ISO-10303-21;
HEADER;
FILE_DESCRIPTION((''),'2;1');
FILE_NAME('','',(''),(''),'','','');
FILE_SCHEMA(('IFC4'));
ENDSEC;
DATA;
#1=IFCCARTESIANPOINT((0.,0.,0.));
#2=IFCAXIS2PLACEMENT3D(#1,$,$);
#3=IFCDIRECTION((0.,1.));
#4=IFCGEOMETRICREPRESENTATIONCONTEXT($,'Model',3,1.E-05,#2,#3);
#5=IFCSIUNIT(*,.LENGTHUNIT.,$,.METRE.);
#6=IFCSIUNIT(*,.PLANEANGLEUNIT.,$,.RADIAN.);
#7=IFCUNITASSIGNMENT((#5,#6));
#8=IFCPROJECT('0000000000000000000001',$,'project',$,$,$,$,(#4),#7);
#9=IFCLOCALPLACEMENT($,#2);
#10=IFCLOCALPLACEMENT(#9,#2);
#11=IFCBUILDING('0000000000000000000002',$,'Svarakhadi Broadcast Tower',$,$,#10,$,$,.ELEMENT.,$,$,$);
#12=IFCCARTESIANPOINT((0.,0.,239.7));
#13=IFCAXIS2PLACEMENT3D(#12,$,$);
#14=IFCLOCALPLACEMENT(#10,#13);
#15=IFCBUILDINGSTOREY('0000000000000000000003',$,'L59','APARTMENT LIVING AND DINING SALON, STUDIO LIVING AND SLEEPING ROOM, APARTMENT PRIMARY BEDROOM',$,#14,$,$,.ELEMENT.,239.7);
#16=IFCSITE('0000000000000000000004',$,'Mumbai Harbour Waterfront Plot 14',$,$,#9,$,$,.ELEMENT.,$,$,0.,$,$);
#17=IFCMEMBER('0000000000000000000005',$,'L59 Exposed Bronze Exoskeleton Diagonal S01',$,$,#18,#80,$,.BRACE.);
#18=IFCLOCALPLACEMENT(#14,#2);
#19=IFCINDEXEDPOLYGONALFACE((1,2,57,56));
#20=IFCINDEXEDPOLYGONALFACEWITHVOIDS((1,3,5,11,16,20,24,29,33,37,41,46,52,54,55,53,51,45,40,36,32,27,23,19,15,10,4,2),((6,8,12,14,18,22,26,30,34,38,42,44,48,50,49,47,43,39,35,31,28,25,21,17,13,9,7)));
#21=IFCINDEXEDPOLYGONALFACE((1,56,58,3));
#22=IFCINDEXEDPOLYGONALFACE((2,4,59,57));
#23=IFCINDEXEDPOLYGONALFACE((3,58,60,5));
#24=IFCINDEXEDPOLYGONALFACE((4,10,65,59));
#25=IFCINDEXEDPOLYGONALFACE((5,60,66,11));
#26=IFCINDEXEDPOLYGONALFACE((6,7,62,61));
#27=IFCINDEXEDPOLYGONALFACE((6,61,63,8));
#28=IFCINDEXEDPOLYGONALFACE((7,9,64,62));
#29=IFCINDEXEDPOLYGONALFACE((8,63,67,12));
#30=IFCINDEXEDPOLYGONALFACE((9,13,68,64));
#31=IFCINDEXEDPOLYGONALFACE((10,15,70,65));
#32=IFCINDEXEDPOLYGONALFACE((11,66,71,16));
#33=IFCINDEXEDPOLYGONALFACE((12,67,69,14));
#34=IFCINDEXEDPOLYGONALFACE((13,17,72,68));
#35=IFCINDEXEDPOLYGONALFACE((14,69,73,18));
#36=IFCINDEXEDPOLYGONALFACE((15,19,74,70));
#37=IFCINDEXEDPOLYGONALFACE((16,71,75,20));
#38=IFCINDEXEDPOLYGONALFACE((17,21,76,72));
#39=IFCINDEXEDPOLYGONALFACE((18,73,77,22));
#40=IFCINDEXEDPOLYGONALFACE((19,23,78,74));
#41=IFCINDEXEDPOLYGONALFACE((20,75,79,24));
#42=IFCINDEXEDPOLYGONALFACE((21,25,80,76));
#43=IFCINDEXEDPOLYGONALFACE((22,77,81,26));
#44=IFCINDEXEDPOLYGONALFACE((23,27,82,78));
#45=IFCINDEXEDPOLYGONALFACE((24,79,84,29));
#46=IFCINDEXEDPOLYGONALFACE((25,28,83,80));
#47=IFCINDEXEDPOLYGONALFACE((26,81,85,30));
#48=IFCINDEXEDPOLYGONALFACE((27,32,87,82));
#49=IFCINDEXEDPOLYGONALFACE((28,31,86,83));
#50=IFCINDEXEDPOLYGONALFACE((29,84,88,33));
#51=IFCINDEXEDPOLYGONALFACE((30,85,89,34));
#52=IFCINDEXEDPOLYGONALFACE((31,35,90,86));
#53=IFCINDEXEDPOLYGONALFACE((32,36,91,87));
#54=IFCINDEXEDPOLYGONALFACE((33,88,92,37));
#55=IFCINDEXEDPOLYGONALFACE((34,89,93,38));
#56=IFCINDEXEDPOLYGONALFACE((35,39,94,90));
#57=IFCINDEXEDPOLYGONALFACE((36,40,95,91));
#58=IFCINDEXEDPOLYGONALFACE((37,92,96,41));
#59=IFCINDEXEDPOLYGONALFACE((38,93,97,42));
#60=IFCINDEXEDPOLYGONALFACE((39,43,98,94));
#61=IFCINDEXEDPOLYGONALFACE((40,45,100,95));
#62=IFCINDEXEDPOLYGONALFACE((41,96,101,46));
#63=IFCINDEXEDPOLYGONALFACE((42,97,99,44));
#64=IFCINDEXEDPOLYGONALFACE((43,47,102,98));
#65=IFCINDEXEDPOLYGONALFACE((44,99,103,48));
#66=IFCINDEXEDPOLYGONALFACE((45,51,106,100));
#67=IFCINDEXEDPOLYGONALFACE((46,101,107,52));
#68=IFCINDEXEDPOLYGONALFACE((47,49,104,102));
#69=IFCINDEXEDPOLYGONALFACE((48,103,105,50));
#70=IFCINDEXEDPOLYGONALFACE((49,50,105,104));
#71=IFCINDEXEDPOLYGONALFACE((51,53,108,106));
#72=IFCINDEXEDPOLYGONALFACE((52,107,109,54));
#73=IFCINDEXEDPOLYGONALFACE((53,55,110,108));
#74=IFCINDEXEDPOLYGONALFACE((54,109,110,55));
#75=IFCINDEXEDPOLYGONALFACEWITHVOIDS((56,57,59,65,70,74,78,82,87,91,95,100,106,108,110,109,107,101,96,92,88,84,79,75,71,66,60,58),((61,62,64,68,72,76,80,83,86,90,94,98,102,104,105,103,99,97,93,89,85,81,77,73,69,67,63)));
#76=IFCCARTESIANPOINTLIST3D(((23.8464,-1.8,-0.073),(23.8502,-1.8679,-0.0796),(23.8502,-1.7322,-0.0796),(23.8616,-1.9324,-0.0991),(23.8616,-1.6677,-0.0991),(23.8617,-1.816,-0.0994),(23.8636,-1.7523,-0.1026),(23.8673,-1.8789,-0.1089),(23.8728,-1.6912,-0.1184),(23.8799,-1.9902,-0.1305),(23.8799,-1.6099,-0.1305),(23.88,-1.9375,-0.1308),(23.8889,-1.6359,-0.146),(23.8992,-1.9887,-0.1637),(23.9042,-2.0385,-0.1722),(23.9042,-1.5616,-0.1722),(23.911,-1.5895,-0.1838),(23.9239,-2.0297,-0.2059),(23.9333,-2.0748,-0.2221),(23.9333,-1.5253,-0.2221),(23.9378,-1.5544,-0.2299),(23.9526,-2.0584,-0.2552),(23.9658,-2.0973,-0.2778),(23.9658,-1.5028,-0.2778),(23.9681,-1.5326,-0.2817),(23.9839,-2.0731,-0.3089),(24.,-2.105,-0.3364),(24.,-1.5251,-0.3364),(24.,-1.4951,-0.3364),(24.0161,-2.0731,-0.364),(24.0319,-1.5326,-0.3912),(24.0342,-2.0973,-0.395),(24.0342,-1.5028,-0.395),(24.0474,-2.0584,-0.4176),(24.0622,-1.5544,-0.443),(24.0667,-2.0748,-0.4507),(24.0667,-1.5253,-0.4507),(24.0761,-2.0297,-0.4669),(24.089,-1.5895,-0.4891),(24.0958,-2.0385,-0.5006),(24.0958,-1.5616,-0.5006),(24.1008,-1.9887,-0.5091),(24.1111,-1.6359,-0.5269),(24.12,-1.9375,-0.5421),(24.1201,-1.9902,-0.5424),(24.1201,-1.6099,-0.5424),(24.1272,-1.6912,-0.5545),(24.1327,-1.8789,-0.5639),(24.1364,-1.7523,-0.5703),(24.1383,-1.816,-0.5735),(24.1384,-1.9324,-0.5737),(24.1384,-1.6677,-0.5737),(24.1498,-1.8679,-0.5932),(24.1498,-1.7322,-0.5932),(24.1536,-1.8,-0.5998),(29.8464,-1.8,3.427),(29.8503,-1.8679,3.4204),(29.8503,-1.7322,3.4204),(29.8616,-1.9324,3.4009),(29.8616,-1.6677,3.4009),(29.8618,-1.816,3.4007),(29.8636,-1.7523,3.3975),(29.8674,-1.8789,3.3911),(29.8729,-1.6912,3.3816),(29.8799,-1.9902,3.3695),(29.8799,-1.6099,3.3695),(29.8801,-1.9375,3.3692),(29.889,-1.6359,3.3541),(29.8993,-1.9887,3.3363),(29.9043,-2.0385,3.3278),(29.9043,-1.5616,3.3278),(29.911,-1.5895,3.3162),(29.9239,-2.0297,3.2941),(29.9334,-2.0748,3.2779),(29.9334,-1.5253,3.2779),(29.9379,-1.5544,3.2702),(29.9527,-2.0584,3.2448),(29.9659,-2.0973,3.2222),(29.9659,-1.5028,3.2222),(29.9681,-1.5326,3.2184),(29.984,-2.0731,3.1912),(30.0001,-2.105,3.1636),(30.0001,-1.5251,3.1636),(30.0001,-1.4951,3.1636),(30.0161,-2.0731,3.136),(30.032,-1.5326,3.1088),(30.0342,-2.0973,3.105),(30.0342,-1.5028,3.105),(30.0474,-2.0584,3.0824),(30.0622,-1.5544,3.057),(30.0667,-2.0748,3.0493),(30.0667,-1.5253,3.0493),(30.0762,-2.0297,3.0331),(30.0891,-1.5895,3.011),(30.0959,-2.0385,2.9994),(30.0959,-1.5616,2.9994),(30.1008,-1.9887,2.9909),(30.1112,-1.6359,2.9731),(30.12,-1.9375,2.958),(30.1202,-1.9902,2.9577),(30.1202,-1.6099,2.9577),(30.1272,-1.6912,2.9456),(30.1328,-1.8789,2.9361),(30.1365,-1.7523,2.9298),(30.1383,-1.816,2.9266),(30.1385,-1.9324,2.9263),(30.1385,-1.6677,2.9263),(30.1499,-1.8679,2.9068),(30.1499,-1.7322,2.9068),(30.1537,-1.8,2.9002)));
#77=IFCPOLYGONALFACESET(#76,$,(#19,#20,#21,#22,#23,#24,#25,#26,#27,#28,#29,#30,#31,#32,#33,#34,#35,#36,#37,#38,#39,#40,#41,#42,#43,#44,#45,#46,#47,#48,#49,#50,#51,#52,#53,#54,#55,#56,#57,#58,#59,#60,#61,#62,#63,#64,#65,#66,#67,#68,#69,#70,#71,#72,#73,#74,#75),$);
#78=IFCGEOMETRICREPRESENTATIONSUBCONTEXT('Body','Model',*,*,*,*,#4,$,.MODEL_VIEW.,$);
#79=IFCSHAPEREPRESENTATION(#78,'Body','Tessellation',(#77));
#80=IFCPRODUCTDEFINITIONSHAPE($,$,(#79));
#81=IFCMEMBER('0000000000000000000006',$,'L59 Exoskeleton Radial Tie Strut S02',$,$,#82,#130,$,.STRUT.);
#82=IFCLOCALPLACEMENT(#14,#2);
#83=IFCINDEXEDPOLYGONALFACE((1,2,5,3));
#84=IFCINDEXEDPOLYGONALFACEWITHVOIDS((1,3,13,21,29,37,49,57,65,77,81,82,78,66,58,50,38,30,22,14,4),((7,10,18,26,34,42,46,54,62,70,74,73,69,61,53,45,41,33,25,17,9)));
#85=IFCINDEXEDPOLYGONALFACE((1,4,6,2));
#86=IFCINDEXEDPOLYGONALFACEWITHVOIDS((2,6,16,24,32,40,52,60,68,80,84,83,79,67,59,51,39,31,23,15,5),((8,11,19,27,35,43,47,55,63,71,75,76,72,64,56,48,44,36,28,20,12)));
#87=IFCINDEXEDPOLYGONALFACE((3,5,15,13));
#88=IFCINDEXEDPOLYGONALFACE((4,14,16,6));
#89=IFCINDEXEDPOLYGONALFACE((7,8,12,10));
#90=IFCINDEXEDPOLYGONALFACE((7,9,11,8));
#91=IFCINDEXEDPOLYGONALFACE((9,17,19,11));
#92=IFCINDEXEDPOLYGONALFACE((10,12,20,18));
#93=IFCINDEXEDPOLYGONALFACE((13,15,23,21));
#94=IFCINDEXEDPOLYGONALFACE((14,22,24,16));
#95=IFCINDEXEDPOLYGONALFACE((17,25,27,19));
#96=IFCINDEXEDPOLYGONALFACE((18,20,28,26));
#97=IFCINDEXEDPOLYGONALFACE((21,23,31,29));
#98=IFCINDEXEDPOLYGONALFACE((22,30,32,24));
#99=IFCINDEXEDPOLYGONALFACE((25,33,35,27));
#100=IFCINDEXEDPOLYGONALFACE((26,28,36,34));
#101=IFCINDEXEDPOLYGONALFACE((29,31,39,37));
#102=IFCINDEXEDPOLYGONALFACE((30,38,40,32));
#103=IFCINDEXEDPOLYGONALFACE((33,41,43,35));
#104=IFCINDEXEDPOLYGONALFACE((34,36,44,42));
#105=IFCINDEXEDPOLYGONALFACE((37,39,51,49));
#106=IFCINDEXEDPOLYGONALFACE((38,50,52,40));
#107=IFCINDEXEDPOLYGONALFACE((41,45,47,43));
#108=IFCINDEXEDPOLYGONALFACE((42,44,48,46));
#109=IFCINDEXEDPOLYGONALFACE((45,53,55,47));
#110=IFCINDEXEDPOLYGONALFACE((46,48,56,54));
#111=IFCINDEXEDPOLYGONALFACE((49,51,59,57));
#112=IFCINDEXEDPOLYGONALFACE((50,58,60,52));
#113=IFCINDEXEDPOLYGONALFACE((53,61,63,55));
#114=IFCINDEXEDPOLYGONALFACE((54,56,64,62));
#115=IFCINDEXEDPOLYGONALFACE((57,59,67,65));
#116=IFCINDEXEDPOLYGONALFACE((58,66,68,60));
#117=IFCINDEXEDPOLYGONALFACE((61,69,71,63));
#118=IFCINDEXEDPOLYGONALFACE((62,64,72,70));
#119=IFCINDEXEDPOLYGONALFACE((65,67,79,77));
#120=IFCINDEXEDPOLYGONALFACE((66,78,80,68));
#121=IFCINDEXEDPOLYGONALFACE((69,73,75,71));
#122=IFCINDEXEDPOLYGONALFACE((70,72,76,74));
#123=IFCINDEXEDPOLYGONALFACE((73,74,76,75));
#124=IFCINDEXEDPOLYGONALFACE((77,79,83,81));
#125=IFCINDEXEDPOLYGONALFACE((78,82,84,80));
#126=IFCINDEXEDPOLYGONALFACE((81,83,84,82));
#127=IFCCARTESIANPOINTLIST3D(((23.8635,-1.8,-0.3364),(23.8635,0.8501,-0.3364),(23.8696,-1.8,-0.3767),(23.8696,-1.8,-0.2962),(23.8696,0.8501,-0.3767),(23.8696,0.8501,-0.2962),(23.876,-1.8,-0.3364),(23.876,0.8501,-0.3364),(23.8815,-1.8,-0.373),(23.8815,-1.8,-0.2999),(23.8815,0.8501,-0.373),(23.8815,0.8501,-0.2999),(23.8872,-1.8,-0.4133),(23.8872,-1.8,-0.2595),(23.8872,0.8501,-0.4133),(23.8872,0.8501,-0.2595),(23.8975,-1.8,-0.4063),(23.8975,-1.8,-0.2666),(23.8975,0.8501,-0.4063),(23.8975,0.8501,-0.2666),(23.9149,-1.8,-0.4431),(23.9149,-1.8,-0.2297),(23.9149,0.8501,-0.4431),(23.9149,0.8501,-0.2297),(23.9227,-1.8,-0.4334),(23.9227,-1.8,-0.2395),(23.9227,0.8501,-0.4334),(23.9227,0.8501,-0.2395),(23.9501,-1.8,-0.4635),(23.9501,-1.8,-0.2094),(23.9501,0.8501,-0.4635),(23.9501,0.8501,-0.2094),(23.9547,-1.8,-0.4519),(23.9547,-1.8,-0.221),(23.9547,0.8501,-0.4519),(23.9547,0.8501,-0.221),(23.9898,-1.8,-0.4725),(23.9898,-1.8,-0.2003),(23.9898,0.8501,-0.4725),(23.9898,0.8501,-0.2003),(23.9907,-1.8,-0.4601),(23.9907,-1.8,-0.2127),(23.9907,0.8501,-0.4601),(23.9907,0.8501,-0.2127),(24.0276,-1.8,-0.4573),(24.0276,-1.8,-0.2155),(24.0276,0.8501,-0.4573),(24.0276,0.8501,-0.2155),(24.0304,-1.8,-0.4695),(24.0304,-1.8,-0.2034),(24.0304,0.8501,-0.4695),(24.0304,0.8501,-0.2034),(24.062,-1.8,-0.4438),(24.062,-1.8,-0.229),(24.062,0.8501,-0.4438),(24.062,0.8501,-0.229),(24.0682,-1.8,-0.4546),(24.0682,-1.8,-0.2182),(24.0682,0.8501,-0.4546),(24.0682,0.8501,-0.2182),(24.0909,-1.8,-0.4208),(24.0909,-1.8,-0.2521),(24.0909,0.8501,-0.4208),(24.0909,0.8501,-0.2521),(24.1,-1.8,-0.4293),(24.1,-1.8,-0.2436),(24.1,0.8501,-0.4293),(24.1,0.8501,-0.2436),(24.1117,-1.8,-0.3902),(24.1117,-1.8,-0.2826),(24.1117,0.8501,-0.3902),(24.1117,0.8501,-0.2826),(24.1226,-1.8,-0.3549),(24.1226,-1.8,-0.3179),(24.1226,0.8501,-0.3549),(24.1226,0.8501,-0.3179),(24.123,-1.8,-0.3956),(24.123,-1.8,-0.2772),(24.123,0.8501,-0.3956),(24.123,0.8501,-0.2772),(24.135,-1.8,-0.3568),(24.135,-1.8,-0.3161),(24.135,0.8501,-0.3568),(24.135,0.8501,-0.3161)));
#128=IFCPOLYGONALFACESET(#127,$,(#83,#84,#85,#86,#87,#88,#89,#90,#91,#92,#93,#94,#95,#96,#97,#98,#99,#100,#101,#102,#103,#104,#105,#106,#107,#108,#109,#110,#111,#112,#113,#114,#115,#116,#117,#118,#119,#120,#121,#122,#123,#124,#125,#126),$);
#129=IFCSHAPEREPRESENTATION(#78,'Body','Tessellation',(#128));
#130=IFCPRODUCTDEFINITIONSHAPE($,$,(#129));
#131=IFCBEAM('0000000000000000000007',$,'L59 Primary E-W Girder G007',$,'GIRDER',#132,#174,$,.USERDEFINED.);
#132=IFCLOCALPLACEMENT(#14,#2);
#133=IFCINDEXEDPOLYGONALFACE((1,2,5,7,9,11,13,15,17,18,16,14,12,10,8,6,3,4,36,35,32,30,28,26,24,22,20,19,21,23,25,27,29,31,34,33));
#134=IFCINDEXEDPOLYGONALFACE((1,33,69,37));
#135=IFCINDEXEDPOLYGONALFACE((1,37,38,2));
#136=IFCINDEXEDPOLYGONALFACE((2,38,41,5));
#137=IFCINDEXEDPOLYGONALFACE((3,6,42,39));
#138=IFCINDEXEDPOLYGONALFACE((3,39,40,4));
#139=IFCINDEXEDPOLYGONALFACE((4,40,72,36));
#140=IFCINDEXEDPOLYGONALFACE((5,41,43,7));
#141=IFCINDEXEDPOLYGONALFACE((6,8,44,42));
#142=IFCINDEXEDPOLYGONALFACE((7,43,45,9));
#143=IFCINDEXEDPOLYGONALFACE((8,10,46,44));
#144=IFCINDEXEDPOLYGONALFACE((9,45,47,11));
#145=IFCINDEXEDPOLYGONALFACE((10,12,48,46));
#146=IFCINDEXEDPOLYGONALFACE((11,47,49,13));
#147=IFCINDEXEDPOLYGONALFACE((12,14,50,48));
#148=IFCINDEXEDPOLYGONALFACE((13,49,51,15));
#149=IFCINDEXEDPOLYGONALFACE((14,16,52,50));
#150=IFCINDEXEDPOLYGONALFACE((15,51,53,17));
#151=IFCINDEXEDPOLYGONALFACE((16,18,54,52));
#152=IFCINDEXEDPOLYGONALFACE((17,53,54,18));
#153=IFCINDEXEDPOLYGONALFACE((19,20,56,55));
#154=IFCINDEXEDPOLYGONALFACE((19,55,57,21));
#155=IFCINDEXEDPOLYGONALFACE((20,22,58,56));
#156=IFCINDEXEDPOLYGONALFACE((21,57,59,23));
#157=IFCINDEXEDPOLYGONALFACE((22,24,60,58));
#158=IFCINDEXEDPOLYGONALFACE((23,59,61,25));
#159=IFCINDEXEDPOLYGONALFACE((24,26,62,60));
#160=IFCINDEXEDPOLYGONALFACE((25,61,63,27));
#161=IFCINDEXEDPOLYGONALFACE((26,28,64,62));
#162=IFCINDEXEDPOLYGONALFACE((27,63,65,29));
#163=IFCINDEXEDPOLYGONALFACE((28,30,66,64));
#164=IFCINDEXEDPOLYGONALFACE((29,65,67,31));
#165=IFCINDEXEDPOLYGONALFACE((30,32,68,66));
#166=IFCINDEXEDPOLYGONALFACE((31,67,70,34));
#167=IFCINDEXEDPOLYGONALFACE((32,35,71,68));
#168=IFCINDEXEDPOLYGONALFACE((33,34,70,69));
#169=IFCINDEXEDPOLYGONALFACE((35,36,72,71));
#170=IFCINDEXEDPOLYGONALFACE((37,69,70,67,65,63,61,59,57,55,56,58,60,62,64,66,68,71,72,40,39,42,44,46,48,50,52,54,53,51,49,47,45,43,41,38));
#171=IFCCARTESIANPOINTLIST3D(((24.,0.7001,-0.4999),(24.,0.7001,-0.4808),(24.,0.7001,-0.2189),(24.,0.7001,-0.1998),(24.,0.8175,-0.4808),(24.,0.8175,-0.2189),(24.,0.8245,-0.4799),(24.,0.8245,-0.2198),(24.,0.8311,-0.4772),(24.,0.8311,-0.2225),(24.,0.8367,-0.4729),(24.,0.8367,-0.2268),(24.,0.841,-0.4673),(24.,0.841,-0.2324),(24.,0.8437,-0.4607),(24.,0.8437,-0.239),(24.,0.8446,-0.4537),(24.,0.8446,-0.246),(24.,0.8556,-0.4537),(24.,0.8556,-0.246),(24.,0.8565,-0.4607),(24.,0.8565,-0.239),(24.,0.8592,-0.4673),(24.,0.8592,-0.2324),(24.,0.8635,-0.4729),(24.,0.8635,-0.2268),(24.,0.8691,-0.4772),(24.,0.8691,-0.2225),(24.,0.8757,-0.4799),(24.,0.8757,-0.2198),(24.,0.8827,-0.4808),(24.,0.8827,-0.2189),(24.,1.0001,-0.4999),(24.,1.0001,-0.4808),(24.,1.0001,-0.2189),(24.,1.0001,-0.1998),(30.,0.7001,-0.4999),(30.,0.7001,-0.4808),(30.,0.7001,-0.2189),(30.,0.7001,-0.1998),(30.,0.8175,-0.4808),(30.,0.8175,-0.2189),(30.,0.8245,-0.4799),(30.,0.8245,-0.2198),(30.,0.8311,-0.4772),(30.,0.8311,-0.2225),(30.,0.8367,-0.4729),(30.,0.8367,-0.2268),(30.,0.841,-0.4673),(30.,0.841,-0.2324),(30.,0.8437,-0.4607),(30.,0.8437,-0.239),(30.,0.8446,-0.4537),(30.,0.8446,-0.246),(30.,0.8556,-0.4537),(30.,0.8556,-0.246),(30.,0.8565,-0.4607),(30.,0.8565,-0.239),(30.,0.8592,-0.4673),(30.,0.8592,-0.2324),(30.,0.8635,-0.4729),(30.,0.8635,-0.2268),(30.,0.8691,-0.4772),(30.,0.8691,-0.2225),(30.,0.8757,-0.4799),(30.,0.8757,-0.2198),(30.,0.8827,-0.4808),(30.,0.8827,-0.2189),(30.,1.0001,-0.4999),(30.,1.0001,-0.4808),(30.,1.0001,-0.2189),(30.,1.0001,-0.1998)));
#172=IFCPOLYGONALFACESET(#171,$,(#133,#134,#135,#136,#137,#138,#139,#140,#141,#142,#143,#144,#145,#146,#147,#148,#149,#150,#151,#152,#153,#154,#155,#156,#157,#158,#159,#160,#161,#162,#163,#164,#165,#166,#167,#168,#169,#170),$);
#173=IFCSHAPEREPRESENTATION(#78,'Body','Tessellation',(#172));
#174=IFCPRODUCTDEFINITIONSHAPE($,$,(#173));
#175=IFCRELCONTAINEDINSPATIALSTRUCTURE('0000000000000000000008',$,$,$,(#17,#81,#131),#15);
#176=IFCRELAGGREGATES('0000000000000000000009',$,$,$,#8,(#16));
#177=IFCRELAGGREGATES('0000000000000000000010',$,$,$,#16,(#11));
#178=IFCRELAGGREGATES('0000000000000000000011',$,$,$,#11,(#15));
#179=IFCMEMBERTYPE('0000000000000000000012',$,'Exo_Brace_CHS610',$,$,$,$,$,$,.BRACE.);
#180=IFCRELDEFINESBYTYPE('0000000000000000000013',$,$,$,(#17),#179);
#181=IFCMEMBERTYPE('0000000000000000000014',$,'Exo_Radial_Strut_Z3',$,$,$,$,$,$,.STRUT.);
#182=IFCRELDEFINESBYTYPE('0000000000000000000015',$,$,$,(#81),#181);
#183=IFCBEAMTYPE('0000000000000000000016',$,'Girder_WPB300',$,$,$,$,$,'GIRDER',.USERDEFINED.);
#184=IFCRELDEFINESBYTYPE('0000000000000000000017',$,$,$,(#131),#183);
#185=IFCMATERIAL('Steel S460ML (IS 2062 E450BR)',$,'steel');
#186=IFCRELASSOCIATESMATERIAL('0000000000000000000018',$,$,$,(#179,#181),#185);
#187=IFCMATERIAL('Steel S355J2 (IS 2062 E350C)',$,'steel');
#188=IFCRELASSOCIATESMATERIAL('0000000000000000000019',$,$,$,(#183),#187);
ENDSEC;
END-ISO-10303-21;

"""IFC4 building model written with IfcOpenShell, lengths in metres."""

from ifc_helpers import new_model, si_unit, direction, frame, origin, origin_2d, place, context, subcontext, project, spatial, hollow_circle, i_section, extrude, material, material_profile, profile_set, type_object, element, save


model = new_model("IFC4")

# Units and contexts
model_context = context("Model", 3, precision=1e-05, world=origin(), true_north=direction((0.0, 1.0)))
body_context = subcontext(model_context, "Body", "Model", "MODEL_VIEW")
ifc_project = project(units=[si_unit("LENGTHUNIT", "METRE"), si_unit("PLANEANGLEUNIT", "RADIAN")], contexts=[model_context])

# Site, building, storey
site_placement = place(None, origin())
site = spatial("IfcSite", under=ifc_project, at=site_placement, Name="Mumbai Harbour Waterfront Plot 14", CompositionType="ELEMENT", RefElevation=0.0)
building_placement = place(site_placement, origin())
building = spatial("IfcBuilding", under=site, at=building_placement, Name="Svarakhadi Broadcast Tower", CompositionType="ELEMENT")
storey_placement = place(building_placement, frame((0.0, 0.0, 239.7)))
storey = spatial("IfcBuildingStorey", under=building, at=storey_placement, Name="L59", Description="APARTMENT LIVING AND DINING SALON, STUDIO LIVING AND SLEEPING ROOM, APARTMENT PRIMARY BEDROOM", CompositionType="ELEMENT", Elevation=239.7)

# Shared definitions
ifc_material_1 = material(Name="Steel S460ML (IS 2062 E450BR)", Category="steel")

# Members
ifc_material_profile_1 = material_profile(ifc_material_1, hollow_circle(Radius=0.3049, WallThickness=0.03, at=origin_2d()), Name="CHS 610x30")
ifc_profile_set_1 = profile_set([ifc_material_profile_1], Name="Steel S460ML (IS 2062 E450BR)")
member_type_1 = type_object("IfcMemberType", Name="Exo_Brace_CHS610", PredefinedType="BRACE", material=ifc_profile_set_1)
member_1_placement = place(storey_placement, frame((24.0, -1.8, -0.3364), z_axis=(0.863779, 0.0, 0.503871), x_axis=(0.0, 1.0, 0.0)))
element("IfcMember", 1, at=member_1_placement, inside=storey, type_object=member_type_1, Name="L59 Exposed Bronze Exoskeleton Diagonal S01", PredefinedType="BRACE", context=body_context, shape_type="SweptSolid", body=[
    extrude(hollow_circle(Radius=0.3049, WallThickness=0.03, at=origin_2d()), origin(), (0.0, 0.0, 1.0), 6.9463),
])
ifc_material_profile_2 = material_profile(ifc_material_1, hollow_circle(Radius=0.1365, WallThickness=0.0125, at=origin_2d()), Name="CHS 273x12.5")
ifc_profile_set_2 = profile_set([ifc_material_profile_2], Name="Steel S460ML (IS 2062 E450BR)")
member_type_2 = type_object("IfcMemberType", Name="Exo_Radial_Strut_Z3", PredefinedType="STRUT", material=ifc_profile_set_2)
member_2_placement = place(storey_placement, frame((24.0, -1.8, -0.3364), z_axis=(0.0, 1.0, 0.0), x_axis=(-1.0, 0.0, 0.0)))
element("IfcMember", 2, at=member_2_placement, inside=storey, type_object=member_type_2, Name="L59 Exoskeleton Radial Tie Strut S02", PredefinedType="STRUT", context=body_context, shape_type="SweptSolid", body=[
    extrude(hollow_circle(Radius=0.1365, WallThickness=0.0125, at=origin_2d()), origin(), (0.0, 0.0, 1.0), 2.6501),
])

# Beam
ifc_material_2 = material(Name="Steel S355J2 (IS 2062 E350C)", Category="steel")
ifc_material_profile_3 = material_profile(ifc_material_2, i_section(OverallWidth=0.3, OverallDepth=0.3, WebThickness=0.011, FlangeThickness=0.019, FilletRadius=0.0271, at=origin_2d()), Name="WPB 300x300x117")
ifc_profile_set_3 = profile_set([ifc_material_profile_3], Name="Steel S355J2 (IS 2062 E350C)")
beam_type_1 = type_object("IfcBeamType", Name="Girder_WPB300", ElementType="GIRDER", PredefinedType="USERDEFINED", material=ifc_profile_set_3)
beam_1_placement = place(storey_placement, frame((24.0, 0.8501, -0.3499), z_axis=(1.0, 0.0, 0.0), x_axis=(0.0, 1.0, 0.0)))
element("IfcBeam", 3, at=beam_1_placement, inside=storey, type_object=beam_type_1, Name="L59 Primary E-W Girder G007", ObjectType="GIRDER", PredefinedType="USERDEFINED", context=body_context, shape_type="SweptSolid", body=[
    extrude(i_section(OverallWidth=0.3, OverallDepth=0.3, WebThickness=0.011, FlangeThickness=0.019, FilletRadius=0.0271, at=origin_2d()), origin(), (0.0, 0.0, 1.0), 6.0),
])

save(model, "model.ifc")
